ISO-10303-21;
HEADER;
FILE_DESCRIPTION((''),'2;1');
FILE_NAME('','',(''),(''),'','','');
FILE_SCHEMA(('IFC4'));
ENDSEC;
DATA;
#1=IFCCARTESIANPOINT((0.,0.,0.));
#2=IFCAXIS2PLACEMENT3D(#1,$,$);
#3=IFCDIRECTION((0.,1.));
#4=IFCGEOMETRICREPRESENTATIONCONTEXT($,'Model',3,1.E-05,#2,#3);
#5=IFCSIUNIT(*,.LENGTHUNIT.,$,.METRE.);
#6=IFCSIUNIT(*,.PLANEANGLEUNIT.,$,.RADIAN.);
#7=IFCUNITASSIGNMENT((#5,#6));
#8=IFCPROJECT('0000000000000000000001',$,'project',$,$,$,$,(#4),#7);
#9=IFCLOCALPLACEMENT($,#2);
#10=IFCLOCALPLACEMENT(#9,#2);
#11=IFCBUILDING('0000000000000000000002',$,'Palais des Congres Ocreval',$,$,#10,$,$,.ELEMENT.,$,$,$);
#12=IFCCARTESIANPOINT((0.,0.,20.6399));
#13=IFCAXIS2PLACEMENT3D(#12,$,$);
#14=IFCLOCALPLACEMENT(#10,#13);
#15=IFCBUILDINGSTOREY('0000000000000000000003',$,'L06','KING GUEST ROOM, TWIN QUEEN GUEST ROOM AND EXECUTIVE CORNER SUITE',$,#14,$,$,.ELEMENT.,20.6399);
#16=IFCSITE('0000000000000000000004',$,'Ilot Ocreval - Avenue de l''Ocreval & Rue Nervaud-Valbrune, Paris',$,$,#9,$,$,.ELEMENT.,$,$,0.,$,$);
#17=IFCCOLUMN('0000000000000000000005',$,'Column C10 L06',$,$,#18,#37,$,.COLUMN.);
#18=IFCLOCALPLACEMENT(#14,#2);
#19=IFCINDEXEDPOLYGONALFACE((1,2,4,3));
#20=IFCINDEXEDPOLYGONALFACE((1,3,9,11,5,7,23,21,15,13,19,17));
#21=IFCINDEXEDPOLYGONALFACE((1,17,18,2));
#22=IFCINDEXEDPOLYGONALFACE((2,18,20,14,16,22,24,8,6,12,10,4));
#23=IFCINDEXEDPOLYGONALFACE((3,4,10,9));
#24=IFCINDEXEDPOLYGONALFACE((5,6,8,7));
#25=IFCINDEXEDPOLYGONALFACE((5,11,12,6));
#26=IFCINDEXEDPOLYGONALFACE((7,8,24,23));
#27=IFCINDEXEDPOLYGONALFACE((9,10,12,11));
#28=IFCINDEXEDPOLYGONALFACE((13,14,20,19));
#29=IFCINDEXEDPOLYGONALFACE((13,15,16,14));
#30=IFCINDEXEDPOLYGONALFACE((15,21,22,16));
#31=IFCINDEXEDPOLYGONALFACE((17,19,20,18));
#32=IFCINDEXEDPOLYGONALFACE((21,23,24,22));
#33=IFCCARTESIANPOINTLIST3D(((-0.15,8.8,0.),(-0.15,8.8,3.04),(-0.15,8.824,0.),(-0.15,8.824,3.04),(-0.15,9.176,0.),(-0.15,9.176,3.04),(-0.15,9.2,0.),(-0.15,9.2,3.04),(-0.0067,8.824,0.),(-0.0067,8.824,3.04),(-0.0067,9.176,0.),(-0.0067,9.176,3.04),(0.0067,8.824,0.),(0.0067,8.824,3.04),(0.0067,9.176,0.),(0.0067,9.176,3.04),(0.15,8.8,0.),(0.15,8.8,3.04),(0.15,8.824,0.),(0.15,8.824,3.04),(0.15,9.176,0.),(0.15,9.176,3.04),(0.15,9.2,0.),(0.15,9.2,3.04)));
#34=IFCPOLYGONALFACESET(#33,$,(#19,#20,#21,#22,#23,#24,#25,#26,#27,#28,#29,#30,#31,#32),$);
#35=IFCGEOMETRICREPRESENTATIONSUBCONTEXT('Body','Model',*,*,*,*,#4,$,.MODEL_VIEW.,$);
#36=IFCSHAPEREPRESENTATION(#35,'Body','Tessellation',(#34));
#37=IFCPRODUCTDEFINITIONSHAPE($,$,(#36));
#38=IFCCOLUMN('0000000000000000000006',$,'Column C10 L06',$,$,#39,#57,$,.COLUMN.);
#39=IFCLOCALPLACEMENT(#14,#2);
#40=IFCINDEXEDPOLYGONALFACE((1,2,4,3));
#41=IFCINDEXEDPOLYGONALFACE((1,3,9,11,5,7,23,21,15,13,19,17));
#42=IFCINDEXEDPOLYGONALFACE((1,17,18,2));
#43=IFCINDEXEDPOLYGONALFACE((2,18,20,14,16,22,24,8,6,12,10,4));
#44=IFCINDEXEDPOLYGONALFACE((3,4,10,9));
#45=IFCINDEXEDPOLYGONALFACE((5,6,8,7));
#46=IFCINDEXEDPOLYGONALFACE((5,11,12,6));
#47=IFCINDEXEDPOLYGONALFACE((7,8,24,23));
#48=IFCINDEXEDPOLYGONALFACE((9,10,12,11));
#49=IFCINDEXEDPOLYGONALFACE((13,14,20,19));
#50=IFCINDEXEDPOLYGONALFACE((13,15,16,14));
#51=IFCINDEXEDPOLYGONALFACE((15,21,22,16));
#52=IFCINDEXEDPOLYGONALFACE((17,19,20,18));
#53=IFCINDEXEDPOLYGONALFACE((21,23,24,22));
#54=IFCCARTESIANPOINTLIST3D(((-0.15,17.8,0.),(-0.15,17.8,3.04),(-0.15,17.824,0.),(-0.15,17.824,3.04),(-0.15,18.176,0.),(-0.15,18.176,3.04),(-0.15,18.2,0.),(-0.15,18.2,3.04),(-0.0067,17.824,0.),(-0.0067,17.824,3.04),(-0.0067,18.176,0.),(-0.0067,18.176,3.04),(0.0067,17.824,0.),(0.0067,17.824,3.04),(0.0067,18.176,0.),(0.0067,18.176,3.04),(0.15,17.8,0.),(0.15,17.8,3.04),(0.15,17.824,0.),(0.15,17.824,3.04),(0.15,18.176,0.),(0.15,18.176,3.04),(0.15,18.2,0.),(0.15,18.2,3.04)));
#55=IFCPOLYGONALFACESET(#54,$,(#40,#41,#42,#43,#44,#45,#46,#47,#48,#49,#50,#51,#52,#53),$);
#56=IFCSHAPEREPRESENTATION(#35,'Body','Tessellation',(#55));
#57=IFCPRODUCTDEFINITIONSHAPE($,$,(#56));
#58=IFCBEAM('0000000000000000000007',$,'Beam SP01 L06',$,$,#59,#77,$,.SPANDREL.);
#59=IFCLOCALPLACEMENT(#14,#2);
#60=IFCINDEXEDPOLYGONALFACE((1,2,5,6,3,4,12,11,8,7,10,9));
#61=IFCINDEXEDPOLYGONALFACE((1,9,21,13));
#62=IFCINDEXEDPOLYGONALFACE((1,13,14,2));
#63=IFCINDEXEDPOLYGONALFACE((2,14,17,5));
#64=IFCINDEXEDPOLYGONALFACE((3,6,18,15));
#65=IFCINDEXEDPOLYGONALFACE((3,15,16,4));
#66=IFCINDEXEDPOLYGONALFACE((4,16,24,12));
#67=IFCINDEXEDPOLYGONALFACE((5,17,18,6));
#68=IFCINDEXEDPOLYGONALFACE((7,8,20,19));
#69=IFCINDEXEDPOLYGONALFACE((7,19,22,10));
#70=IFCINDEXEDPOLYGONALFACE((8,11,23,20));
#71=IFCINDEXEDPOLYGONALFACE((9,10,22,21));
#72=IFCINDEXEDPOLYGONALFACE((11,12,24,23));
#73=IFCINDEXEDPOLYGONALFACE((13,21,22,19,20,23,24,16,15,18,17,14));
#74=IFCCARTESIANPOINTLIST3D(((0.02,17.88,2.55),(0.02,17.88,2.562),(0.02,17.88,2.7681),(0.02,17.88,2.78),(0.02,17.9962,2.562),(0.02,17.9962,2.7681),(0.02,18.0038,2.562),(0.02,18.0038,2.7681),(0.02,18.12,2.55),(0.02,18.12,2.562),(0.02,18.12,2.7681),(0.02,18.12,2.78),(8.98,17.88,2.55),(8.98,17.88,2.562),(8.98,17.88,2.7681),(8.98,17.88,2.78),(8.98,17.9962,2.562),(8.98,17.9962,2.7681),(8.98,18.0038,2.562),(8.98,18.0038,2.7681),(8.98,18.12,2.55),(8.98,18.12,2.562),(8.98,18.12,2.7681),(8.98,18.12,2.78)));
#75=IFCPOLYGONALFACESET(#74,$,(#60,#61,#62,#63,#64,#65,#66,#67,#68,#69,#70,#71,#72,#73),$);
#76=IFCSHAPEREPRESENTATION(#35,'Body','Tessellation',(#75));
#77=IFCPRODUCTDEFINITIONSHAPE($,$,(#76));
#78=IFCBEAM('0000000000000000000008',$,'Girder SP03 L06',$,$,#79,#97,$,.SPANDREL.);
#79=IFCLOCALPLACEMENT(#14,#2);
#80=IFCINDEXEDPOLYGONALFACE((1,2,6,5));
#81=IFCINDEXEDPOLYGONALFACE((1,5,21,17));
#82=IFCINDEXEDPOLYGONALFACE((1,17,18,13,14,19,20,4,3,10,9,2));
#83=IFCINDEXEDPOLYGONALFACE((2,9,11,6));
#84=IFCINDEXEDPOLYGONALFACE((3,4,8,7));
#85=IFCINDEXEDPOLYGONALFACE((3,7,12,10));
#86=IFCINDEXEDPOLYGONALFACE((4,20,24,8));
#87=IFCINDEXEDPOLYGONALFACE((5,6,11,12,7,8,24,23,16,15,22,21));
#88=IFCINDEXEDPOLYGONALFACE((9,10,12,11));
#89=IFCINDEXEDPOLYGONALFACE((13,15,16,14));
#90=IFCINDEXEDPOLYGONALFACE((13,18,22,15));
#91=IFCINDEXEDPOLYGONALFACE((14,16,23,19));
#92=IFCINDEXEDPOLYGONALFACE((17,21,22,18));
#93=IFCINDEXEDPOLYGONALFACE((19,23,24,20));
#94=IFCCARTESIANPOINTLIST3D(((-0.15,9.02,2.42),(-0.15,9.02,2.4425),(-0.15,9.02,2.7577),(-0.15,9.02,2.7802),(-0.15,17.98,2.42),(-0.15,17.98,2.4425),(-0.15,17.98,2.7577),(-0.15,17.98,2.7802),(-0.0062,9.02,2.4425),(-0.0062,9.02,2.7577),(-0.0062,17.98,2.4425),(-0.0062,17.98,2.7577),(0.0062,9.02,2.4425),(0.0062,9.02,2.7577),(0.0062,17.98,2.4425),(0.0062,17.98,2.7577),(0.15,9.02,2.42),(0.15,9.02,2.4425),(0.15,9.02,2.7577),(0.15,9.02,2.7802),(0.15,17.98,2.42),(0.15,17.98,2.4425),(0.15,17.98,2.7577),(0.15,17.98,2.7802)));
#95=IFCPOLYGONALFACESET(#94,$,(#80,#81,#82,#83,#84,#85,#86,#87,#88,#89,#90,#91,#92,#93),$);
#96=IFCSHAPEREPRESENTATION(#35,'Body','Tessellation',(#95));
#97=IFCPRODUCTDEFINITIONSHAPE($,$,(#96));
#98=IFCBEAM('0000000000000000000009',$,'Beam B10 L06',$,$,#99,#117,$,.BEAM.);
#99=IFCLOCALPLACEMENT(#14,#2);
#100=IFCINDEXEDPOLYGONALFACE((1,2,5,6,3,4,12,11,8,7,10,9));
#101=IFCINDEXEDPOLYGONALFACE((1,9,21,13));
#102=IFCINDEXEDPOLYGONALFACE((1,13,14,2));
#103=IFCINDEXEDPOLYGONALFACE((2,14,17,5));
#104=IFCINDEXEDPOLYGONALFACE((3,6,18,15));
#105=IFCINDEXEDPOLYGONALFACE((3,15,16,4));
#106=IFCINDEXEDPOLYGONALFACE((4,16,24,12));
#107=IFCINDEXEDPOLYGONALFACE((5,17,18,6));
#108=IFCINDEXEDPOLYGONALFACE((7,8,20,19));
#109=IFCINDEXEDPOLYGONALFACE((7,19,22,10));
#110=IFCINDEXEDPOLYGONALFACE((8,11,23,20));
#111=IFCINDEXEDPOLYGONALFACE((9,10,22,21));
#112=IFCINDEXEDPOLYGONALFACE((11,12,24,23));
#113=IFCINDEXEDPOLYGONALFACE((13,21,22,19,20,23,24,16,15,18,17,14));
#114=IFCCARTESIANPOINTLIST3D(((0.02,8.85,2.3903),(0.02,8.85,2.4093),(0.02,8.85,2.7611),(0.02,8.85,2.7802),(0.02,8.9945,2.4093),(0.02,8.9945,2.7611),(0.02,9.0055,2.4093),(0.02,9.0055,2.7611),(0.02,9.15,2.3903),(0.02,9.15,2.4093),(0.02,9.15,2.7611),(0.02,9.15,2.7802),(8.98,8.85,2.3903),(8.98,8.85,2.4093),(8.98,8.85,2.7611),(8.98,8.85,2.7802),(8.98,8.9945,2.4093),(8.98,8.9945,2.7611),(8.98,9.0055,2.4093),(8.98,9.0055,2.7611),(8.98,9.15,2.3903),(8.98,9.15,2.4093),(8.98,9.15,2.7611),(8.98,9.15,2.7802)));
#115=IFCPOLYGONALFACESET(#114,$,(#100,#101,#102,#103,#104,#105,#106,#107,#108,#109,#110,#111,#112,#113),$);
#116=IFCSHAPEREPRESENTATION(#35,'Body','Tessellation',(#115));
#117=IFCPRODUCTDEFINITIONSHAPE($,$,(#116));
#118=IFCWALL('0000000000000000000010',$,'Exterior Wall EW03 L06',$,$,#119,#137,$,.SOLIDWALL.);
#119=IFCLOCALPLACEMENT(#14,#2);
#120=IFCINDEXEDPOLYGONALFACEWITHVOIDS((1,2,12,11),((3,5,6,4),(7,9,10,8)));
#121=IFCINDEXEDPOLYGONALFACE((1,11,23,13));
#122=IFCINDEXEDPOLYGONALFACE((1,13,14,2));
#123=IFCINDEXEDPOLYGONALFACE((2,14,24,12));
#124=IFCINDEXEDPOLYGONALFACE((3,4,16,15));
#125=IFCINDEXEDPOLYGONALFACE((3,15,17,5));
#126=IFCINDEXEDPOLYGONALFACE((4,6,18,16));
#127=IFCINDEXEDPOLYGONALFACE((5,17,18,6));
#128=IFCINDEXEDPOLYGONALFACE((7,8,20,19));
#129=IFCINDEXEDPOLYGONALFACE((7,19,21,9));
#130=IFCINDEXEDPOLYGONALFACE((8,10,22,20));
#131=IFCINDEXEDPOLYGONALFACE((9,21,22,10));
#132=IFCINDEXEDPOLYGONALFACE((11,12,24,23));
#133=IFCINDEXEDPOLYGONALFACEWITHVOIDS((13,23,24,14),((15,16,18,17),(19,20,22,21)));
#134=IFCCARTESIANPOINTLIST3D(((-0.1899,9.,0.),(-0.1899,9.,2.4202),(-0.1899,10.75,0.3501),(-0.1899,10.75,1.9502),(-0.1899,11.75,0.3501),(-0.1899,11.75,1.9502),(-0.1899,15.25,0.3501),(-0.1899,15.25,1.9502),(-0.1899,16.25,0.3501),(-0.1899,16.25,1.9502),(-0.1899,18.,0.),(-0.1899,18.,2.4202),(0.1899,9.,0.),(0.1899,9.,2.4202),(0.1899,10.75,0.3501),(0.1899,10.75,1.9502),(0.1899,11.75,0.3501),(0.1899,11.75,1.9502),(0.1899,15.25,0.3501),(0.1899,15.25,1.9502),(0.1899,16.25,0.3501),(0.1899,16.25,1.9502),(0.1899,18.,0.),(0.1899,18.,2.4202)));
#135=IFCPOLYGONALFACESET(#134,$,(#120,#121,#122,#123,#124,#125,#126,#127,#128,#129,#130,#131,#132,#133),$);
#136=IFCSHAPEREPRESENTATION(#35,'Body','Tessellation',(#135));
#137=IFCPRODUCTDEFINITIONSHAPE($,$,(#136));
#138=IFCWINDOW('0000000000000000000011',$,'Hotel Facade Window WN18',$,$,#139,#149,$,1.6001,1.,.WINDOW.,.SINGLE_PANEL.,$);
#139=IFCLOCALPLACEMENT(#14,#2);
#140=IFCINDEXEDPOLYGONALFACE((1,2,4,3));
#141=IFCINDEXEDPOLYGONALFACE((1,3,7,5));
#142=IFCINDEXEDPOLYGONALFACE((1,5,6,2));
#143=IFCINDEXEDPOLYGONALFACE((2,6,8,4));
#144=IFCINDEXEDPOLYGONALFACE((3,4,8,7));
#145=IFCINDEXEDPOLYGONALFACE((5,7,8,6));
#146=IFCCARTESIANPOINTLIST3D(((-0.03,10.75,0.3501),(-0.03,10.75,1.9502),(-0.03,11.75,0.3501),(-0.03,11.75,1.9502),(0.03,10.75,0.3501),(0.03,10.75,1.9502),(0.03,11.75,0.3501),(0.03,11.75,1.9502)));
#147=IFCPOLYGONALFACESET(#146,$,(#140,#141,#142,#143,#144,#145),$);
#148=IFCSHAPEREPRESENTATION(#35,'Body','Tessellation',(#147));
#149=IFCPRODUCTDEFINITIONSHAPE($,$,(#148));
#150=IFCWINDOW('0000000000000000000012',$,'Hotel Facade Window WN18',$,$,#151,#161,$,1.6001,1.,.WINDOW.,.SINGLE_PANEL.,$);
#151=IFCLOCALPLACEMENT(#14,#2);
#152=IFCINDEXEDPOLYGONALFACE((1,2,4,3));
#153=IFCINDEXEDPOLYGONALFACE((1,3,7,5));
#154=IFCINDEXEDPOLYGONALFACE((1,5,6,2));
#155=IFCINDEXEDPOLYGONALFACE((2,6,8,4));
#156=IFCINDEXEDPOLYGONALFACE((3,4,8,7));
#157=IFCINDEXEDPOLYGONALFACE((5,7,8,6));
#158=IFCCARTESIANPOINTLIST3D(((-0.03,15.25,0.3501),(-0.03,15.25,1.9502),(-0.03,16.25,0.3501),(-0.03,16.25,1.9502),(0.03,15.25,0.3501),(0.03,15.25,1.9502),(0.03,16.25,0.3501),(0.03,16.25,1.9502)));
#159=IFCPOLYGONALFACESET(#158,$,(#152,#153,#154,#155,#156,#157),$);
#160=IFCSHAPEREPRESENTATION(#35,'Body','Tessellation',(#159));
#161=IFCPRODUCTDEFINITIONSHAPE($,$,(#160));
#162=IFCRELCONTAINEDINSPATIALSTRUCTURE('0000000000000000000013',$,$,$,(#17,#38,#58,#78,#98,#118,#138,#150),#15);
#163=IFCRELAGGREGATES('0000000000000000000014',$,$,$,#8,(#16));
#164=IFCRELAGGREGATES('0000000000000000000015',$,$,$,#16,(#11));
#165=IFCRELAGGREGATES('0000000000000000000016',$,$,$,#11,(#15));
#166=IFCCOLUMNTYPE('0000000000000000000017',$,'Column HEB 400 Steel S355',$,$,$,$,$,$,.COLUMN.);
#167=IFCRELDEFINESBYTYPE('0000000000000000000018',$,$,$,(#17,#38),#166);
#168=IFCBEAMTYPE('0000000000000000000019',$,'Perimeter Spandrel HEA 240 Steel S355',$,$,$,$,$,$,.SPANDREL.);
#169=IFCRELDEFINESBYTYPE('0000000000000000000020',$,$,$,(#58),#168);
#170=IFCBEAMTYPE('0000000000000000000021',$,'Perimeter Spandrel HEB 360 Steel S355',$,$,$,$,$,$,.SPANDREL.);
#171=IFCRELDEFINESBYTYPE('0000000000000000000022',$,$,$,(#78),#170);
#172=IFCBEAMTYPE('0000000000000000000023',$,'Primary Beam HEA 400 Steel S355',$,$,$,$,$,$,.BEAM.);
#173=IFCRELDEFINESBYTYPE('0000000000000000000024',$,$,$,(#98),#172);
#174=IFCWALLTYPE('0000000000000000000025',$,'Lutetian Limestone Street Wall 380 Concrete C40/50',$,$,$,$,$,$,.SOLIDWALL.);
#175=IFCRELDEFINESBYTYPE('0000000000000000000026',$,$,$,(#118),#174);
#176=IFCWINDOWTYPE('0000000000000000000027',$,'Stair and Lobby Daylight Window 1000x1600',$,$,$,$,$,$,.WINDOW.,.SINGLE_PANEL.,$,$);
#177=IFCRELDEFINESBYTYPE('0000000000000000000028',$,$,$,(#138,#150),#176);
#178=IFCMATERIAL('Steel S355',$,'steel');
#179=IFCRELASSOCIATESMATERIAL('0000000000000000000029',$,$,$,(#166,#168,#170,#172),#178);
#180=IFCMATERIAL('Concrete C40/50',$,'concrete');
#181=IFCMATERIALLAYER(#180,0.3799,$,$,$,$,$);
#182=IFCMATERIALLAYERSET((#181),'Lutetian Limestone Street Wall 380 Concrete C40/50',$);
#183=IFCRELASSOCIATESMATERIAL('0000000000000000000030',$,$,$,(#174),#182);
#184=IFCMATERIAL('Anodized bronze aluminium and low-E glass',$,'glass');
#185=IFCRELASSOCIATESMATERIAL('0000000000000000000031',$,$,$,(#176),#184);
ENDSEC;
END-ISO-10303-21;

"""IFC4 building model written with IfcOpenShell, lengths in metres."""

from ifc_helpers import new_model, si_unit, direction, frame, frame_2d, origin, origin_2d, place, context, subcontext, project, spatial, rectangle, i_section, extrude, material, layer, layer_set, material_profile, profile_set, type_object, element, fill, save


model = new_model("IFC4")

# Units and contexts
model_context = context("Model", 3, precision=1e-05, world=origin(), true_north=direction((0.0, 1.0)))
body_context = subcontext(model_context, "Body", "Model", "MODEL_VIEW")
ifc_project = project(units=[si_unit("LENGTHUNIT", "METRE"), si_unit("PLANEANGLEUNIT", "RADIAN")], contexts=[model_context])

# Site, building, storey
site_placement = place(None, origin())
site = spatial("IfcSite", under=ifc_project, at=site_placement, Name="Ilot Ocreval - Avenue de l'Ocreval & Rue Nervaud-Valbrune, Paris", CompositionType="ELEMENT", RefElevation=0.0)
building_placement = place(site_placement, origin())
building = spatial("IfcBuilding", under=site, at=building_placement, Name="Palais des Congres Ocreval", CompositionType="ELEMENT")
storey_placement = place(building_placement, frame((0.0, 0.0, 20.6399)))
storey = spatial("IfcBuildingStorey", under=building, at=storey_placement, Name="L06", Description="KING GUEST ROOM, TWIN QUEEN GUEST ROOM AND EXECUTIVE CORNER SUITE", CompositionType="ELEMENT", Elevation=20.6399)

# Columns
ifc_material_1 = material(Name="Steel S355", Category="steel")
ifc_material_profile_1 = material_profile(ifc_material_1, i_section(OverallWidth=0.3, OverallDepth=0.3999, WebThickness=0.0134, FlangeThickness=0.0239, at=origin_2d()), Name="HEB 400")
ifc_profile_set_1 = profile_set([ifc_material_profile_1], Name="Steel S355")
column_type = type_object("IfcColumnType", Name="Column HEB 400 Steel S355", PredefinedType="COLUMN", material=ifc_profile_set_1)
for number, where, z_axis, x_axis, name in (
    (1, (0.0, 9.0, 0.0), (0.0, 0.0, 1.0), (1.0, 0.0, 0.0), "Column C10 L06"),
    (2, (0.0, 18.0, 0.0), (0.0, 0.0, 1.0), (1.0, 0.0, 0.0), "Column C10 L06"),
):
    element("IfcColumn", number, at=place(storey_placement, frame(where, z_axis=z_axis, x_axis=x_axis)), inside=storey, type_object=column_type, Name=name, PredefinedType="COLUMN", context=body_context, shape_type="SweptSolid", body=[
        extrude(i_section(OverallWidth=0.3, OverallDepth=0.3999, WebThickness=0.0134, FlangeThickness=0.0239, at=origin_2d()), origin(), (0.0, 0.0, 1.0), 3.04),
    ])

# Beams
ifc_material_profile_2 = material_profile(ifc_material_1, i_section(OverallWidth=0.24, OverallDepth=0.23, WebThickness=0.0076, FlangeThickness=0.012, at=origin_2d()), Name="HEA 240")
ifc_profile_set_2 = profile_set([ifc_material_profile_2], Name="Steel S355")
beam_type_1 = type_object("IfcBeamType", Name="Perimeter Spandrel HEA 240 Steel S355", PredefinedType="SPANDREL", material=ifc_profile_set_2)
beam_1_placement = place(storey_placement, frame((0.02, 18.0, 2.665), z_axis=(1.0, 0.0, 0.0), x_axis=(0.0, 1.0, 0.0)))
element("IfcBeam", 3, at=beam_1_placement, inside=storey, type_object=beam_type_1, Name="Beam SP01 L06", PredefinedType="SPANDREL", context=body_context, shape_type="SweptSolid", body=[
    extrude(i_section(OverallWidth=0.24, OverallDepth=0.23, WebThickness=0.0076, FlangeThickness=0.012, at=origin_2d()), origin(), (0.0, 0.0, 1.0), 8.96),
])
ifc_material_profile_3 = material_profile(ifc_material_1, i_section(OverallWidth=0.3, OverallDepth=0.3601, WebThickness=0.0125, FlangeThickness=0.0225, at=origin_2d()), Name="HEB 360")
ifc_profile_set_3 = profile_set([ifc_material_profile_3], Name="Steel S355")
beam_type_2 = type_object("IfcBeamType", Name="Perimeter Spandrel HEB 360 Steel S355", PredefinedType="SPANDREL", material=ifc_profile_set_3)
beam_2_placement = place(storey_placement, frame((0.0, 9.02, 2.6001), z_axis=(0.0, 1.0, 0.0), x_axis=(-1.0, 0.0, 0.0)))
element("IfcBeam", 4, at=beam_2_placement, inside=storey, type_object=beam_type_2, Name="Girder SP03 L06", PredefinedType="SPANDREL", context=body_context, shape_type="SweptSolid", body=[
    extrude(i_section(OverallWidth=0.3, OverallDepth=0.3601, WebThickness=0.0125, FlangeThickness=0.0225, at=origin_2d()), origin(), (0.0, 0.0, 1.0), 8.96),
])
ifc_material_profile_4 = material_profile(ifc_material_1, i_section(OverallWidth=0.3, OverallDepth=0.3899, WebThickness=0.011, FlangeThickness=0.019, at=origin_2d()), Name="HEA 400")
ifc_profile_set_4 = profile_set([ifc_material_profile_4], Name="Steel S355")
beam_type_3 = type_object("IfcBeamType", Name="Primary Beam HEA 400 Steel S355", PredefinedType="BEAM", material=ifc_profile_set_4)
beam_3_placement = place(storey_placement, frame((0.02, 9.0, 2.5852), z_axis=(1.0, 0.0, 0.0), x_axis=(0.0, 1.0, 0.0)))
element("IfcBeam", 5, at=beam_3_placement, inside=storey, type_object=beam_type_3, Name="Beam B10 L06", PredefinedType="BEAM", context=body_context, shape_type="SweptSolid", body=[
    extrude(i_section(OverallWidth=0.3, OverallDepth=0.3899, WebThickness=0.011, FlangeThickness=0.019, at=origin_2d()), origin(), (0.0, 0.0, 1.0), 8.96),
])

# Wall, openings, windows
ifc_material_2 = material(Name="Concrete C40/50", Category="concrete")
ifc_layer = layer(ifc_material_2, 0.3799)
ifc_layer_set = layer_set([ifc_layer], Name="Lutetian Limestone Street Wall 380 Concrete C40/50")
wall_type = type_object("IfcWallType", Name="Lutetian Limestone Street Wall 380 Concrete C40/50", PredefinedType="SOLIDWALL", material=ifc_layer_set)
wall_1_placement = place(storey_placement, frame((0.0, 9.0, 0.0), z_axis=(0.0, 0.0, 1.0), x_axis=(0.0, 1.0, 0.0)))
wall_1 = element("IfcWall", 6, at=wall_1_placement, inside=storey, type_object=wall_type, Name="Exterior Wall EW03 L06", PredefinedType="SOLIDWALL", context=body_context, shape_type="SweptSolid", body=[
    extrude(rectangle(XDim=9.0, YDim=0.3799, at=frame_2d((4.5, 0.0))), origin(), (0.0, 0.0, 1.0), 2.4202),
])
opening_1_placement = place(wall_1_placement, frame((1.75, 0.0, 0.3501)))
opening_1 = element("IfcOpeningElement", 7, at=opening_1_placement, cuts=wall_1, PredefinedType="OPENING", context=body_context, shape_type="SweptSolid", body=[
    extrude(rectangle(XDim=1.0, YDim=1.6001, at=frame_2d((0.5, 0.8))), frame((0.0, 0.2, 0.0), z_axis=(0.0, -1.0, 0.0), x_axis=(1.0, 0.0, 0.0)), (0.0, 0.0, 1.0), 0.3999),
])
opening_2_placement = place(wall_1_placement, frame((6.25, 0.0, 0.3501)))
opening_2 = element("IfcOpeningElement", 8, at=opening_2_placement, cuts=wall_1, PredefinedType="OPENING", context=body_context, shape_type="SweptSolid", body=[
    extrude(rectangle(XDim=1.0, YDim=1.6001, at=frame_2d((0.5, 0.8))), frame((0.0, 0.2, 0.0), z_axis=(0.0, -1.0, 0.0), x_axis=(1.0, 0.0, 0.0)), (0.0, 0.0, 1.0), 0.3999),
])
ifc_material_3 = material(Name="Anodized bronze aluminium and low-E glass", Category="glass")
window_type = type_object("IfcWindowType", Name="Stair and Lobby Daylight Window 1000x1600", PartitioningType="SINGLE_PANEL", PredefinedType="WINDOW", material=ifc_material_3)
window_1_placement = place(opening_1_placement, origin())
window_1 = element("IfcWindow", 9, at=window_1_placement, inside=storey, type_object=window_type, Name="Hotel Facade Window WN18", OverallHeight=1.6001, OverallWidth=1.0, PartitioningType="SINGLE_PANEL", PredefinedType="WINDOW", context=body_context, shape_type="SweptSolid", body=[
    extrude(rectangle(XDim=1.0, YDim=1.6001, at=frame_2d((0.5, 0.8))), frame((0.0, 0.03, 0.0), z_axis=(0.0, -1.0, 0.0), x_axis=(1.0, 0.0, 0.0)), (0.0, 0.0, 1.0), 0.0601),
])
fill(opening_1, window_1)
window_2_placement = place(opening_2_placement, origin())
window_2 = element("IfcWindow", 10, at=window_2_placement, inside=storey, type_object=window_type, Name="Hotel Facade Window WN18", OverallHeight=1.6001, OverallWidth=1.0, PartitioningType="SINGLE_PANEL", PredefinedType="WINDOW", context=body_context, shape_type="SweptSolid", body=[
    extrude(rectangle(XDim=1.0, YDim=1.6001, at=frame_2d((0.5, 0.8))), frame((0.0, 0.03, 0.0), z_axis=(0.0, -1.0, 0.0), x_axis=(1.0, 0.0, 0.0)), (0.0, 0.0, 1.0), 0.0601),
])
fill(opening_2, window_2)

save(model, "model.ifc")
